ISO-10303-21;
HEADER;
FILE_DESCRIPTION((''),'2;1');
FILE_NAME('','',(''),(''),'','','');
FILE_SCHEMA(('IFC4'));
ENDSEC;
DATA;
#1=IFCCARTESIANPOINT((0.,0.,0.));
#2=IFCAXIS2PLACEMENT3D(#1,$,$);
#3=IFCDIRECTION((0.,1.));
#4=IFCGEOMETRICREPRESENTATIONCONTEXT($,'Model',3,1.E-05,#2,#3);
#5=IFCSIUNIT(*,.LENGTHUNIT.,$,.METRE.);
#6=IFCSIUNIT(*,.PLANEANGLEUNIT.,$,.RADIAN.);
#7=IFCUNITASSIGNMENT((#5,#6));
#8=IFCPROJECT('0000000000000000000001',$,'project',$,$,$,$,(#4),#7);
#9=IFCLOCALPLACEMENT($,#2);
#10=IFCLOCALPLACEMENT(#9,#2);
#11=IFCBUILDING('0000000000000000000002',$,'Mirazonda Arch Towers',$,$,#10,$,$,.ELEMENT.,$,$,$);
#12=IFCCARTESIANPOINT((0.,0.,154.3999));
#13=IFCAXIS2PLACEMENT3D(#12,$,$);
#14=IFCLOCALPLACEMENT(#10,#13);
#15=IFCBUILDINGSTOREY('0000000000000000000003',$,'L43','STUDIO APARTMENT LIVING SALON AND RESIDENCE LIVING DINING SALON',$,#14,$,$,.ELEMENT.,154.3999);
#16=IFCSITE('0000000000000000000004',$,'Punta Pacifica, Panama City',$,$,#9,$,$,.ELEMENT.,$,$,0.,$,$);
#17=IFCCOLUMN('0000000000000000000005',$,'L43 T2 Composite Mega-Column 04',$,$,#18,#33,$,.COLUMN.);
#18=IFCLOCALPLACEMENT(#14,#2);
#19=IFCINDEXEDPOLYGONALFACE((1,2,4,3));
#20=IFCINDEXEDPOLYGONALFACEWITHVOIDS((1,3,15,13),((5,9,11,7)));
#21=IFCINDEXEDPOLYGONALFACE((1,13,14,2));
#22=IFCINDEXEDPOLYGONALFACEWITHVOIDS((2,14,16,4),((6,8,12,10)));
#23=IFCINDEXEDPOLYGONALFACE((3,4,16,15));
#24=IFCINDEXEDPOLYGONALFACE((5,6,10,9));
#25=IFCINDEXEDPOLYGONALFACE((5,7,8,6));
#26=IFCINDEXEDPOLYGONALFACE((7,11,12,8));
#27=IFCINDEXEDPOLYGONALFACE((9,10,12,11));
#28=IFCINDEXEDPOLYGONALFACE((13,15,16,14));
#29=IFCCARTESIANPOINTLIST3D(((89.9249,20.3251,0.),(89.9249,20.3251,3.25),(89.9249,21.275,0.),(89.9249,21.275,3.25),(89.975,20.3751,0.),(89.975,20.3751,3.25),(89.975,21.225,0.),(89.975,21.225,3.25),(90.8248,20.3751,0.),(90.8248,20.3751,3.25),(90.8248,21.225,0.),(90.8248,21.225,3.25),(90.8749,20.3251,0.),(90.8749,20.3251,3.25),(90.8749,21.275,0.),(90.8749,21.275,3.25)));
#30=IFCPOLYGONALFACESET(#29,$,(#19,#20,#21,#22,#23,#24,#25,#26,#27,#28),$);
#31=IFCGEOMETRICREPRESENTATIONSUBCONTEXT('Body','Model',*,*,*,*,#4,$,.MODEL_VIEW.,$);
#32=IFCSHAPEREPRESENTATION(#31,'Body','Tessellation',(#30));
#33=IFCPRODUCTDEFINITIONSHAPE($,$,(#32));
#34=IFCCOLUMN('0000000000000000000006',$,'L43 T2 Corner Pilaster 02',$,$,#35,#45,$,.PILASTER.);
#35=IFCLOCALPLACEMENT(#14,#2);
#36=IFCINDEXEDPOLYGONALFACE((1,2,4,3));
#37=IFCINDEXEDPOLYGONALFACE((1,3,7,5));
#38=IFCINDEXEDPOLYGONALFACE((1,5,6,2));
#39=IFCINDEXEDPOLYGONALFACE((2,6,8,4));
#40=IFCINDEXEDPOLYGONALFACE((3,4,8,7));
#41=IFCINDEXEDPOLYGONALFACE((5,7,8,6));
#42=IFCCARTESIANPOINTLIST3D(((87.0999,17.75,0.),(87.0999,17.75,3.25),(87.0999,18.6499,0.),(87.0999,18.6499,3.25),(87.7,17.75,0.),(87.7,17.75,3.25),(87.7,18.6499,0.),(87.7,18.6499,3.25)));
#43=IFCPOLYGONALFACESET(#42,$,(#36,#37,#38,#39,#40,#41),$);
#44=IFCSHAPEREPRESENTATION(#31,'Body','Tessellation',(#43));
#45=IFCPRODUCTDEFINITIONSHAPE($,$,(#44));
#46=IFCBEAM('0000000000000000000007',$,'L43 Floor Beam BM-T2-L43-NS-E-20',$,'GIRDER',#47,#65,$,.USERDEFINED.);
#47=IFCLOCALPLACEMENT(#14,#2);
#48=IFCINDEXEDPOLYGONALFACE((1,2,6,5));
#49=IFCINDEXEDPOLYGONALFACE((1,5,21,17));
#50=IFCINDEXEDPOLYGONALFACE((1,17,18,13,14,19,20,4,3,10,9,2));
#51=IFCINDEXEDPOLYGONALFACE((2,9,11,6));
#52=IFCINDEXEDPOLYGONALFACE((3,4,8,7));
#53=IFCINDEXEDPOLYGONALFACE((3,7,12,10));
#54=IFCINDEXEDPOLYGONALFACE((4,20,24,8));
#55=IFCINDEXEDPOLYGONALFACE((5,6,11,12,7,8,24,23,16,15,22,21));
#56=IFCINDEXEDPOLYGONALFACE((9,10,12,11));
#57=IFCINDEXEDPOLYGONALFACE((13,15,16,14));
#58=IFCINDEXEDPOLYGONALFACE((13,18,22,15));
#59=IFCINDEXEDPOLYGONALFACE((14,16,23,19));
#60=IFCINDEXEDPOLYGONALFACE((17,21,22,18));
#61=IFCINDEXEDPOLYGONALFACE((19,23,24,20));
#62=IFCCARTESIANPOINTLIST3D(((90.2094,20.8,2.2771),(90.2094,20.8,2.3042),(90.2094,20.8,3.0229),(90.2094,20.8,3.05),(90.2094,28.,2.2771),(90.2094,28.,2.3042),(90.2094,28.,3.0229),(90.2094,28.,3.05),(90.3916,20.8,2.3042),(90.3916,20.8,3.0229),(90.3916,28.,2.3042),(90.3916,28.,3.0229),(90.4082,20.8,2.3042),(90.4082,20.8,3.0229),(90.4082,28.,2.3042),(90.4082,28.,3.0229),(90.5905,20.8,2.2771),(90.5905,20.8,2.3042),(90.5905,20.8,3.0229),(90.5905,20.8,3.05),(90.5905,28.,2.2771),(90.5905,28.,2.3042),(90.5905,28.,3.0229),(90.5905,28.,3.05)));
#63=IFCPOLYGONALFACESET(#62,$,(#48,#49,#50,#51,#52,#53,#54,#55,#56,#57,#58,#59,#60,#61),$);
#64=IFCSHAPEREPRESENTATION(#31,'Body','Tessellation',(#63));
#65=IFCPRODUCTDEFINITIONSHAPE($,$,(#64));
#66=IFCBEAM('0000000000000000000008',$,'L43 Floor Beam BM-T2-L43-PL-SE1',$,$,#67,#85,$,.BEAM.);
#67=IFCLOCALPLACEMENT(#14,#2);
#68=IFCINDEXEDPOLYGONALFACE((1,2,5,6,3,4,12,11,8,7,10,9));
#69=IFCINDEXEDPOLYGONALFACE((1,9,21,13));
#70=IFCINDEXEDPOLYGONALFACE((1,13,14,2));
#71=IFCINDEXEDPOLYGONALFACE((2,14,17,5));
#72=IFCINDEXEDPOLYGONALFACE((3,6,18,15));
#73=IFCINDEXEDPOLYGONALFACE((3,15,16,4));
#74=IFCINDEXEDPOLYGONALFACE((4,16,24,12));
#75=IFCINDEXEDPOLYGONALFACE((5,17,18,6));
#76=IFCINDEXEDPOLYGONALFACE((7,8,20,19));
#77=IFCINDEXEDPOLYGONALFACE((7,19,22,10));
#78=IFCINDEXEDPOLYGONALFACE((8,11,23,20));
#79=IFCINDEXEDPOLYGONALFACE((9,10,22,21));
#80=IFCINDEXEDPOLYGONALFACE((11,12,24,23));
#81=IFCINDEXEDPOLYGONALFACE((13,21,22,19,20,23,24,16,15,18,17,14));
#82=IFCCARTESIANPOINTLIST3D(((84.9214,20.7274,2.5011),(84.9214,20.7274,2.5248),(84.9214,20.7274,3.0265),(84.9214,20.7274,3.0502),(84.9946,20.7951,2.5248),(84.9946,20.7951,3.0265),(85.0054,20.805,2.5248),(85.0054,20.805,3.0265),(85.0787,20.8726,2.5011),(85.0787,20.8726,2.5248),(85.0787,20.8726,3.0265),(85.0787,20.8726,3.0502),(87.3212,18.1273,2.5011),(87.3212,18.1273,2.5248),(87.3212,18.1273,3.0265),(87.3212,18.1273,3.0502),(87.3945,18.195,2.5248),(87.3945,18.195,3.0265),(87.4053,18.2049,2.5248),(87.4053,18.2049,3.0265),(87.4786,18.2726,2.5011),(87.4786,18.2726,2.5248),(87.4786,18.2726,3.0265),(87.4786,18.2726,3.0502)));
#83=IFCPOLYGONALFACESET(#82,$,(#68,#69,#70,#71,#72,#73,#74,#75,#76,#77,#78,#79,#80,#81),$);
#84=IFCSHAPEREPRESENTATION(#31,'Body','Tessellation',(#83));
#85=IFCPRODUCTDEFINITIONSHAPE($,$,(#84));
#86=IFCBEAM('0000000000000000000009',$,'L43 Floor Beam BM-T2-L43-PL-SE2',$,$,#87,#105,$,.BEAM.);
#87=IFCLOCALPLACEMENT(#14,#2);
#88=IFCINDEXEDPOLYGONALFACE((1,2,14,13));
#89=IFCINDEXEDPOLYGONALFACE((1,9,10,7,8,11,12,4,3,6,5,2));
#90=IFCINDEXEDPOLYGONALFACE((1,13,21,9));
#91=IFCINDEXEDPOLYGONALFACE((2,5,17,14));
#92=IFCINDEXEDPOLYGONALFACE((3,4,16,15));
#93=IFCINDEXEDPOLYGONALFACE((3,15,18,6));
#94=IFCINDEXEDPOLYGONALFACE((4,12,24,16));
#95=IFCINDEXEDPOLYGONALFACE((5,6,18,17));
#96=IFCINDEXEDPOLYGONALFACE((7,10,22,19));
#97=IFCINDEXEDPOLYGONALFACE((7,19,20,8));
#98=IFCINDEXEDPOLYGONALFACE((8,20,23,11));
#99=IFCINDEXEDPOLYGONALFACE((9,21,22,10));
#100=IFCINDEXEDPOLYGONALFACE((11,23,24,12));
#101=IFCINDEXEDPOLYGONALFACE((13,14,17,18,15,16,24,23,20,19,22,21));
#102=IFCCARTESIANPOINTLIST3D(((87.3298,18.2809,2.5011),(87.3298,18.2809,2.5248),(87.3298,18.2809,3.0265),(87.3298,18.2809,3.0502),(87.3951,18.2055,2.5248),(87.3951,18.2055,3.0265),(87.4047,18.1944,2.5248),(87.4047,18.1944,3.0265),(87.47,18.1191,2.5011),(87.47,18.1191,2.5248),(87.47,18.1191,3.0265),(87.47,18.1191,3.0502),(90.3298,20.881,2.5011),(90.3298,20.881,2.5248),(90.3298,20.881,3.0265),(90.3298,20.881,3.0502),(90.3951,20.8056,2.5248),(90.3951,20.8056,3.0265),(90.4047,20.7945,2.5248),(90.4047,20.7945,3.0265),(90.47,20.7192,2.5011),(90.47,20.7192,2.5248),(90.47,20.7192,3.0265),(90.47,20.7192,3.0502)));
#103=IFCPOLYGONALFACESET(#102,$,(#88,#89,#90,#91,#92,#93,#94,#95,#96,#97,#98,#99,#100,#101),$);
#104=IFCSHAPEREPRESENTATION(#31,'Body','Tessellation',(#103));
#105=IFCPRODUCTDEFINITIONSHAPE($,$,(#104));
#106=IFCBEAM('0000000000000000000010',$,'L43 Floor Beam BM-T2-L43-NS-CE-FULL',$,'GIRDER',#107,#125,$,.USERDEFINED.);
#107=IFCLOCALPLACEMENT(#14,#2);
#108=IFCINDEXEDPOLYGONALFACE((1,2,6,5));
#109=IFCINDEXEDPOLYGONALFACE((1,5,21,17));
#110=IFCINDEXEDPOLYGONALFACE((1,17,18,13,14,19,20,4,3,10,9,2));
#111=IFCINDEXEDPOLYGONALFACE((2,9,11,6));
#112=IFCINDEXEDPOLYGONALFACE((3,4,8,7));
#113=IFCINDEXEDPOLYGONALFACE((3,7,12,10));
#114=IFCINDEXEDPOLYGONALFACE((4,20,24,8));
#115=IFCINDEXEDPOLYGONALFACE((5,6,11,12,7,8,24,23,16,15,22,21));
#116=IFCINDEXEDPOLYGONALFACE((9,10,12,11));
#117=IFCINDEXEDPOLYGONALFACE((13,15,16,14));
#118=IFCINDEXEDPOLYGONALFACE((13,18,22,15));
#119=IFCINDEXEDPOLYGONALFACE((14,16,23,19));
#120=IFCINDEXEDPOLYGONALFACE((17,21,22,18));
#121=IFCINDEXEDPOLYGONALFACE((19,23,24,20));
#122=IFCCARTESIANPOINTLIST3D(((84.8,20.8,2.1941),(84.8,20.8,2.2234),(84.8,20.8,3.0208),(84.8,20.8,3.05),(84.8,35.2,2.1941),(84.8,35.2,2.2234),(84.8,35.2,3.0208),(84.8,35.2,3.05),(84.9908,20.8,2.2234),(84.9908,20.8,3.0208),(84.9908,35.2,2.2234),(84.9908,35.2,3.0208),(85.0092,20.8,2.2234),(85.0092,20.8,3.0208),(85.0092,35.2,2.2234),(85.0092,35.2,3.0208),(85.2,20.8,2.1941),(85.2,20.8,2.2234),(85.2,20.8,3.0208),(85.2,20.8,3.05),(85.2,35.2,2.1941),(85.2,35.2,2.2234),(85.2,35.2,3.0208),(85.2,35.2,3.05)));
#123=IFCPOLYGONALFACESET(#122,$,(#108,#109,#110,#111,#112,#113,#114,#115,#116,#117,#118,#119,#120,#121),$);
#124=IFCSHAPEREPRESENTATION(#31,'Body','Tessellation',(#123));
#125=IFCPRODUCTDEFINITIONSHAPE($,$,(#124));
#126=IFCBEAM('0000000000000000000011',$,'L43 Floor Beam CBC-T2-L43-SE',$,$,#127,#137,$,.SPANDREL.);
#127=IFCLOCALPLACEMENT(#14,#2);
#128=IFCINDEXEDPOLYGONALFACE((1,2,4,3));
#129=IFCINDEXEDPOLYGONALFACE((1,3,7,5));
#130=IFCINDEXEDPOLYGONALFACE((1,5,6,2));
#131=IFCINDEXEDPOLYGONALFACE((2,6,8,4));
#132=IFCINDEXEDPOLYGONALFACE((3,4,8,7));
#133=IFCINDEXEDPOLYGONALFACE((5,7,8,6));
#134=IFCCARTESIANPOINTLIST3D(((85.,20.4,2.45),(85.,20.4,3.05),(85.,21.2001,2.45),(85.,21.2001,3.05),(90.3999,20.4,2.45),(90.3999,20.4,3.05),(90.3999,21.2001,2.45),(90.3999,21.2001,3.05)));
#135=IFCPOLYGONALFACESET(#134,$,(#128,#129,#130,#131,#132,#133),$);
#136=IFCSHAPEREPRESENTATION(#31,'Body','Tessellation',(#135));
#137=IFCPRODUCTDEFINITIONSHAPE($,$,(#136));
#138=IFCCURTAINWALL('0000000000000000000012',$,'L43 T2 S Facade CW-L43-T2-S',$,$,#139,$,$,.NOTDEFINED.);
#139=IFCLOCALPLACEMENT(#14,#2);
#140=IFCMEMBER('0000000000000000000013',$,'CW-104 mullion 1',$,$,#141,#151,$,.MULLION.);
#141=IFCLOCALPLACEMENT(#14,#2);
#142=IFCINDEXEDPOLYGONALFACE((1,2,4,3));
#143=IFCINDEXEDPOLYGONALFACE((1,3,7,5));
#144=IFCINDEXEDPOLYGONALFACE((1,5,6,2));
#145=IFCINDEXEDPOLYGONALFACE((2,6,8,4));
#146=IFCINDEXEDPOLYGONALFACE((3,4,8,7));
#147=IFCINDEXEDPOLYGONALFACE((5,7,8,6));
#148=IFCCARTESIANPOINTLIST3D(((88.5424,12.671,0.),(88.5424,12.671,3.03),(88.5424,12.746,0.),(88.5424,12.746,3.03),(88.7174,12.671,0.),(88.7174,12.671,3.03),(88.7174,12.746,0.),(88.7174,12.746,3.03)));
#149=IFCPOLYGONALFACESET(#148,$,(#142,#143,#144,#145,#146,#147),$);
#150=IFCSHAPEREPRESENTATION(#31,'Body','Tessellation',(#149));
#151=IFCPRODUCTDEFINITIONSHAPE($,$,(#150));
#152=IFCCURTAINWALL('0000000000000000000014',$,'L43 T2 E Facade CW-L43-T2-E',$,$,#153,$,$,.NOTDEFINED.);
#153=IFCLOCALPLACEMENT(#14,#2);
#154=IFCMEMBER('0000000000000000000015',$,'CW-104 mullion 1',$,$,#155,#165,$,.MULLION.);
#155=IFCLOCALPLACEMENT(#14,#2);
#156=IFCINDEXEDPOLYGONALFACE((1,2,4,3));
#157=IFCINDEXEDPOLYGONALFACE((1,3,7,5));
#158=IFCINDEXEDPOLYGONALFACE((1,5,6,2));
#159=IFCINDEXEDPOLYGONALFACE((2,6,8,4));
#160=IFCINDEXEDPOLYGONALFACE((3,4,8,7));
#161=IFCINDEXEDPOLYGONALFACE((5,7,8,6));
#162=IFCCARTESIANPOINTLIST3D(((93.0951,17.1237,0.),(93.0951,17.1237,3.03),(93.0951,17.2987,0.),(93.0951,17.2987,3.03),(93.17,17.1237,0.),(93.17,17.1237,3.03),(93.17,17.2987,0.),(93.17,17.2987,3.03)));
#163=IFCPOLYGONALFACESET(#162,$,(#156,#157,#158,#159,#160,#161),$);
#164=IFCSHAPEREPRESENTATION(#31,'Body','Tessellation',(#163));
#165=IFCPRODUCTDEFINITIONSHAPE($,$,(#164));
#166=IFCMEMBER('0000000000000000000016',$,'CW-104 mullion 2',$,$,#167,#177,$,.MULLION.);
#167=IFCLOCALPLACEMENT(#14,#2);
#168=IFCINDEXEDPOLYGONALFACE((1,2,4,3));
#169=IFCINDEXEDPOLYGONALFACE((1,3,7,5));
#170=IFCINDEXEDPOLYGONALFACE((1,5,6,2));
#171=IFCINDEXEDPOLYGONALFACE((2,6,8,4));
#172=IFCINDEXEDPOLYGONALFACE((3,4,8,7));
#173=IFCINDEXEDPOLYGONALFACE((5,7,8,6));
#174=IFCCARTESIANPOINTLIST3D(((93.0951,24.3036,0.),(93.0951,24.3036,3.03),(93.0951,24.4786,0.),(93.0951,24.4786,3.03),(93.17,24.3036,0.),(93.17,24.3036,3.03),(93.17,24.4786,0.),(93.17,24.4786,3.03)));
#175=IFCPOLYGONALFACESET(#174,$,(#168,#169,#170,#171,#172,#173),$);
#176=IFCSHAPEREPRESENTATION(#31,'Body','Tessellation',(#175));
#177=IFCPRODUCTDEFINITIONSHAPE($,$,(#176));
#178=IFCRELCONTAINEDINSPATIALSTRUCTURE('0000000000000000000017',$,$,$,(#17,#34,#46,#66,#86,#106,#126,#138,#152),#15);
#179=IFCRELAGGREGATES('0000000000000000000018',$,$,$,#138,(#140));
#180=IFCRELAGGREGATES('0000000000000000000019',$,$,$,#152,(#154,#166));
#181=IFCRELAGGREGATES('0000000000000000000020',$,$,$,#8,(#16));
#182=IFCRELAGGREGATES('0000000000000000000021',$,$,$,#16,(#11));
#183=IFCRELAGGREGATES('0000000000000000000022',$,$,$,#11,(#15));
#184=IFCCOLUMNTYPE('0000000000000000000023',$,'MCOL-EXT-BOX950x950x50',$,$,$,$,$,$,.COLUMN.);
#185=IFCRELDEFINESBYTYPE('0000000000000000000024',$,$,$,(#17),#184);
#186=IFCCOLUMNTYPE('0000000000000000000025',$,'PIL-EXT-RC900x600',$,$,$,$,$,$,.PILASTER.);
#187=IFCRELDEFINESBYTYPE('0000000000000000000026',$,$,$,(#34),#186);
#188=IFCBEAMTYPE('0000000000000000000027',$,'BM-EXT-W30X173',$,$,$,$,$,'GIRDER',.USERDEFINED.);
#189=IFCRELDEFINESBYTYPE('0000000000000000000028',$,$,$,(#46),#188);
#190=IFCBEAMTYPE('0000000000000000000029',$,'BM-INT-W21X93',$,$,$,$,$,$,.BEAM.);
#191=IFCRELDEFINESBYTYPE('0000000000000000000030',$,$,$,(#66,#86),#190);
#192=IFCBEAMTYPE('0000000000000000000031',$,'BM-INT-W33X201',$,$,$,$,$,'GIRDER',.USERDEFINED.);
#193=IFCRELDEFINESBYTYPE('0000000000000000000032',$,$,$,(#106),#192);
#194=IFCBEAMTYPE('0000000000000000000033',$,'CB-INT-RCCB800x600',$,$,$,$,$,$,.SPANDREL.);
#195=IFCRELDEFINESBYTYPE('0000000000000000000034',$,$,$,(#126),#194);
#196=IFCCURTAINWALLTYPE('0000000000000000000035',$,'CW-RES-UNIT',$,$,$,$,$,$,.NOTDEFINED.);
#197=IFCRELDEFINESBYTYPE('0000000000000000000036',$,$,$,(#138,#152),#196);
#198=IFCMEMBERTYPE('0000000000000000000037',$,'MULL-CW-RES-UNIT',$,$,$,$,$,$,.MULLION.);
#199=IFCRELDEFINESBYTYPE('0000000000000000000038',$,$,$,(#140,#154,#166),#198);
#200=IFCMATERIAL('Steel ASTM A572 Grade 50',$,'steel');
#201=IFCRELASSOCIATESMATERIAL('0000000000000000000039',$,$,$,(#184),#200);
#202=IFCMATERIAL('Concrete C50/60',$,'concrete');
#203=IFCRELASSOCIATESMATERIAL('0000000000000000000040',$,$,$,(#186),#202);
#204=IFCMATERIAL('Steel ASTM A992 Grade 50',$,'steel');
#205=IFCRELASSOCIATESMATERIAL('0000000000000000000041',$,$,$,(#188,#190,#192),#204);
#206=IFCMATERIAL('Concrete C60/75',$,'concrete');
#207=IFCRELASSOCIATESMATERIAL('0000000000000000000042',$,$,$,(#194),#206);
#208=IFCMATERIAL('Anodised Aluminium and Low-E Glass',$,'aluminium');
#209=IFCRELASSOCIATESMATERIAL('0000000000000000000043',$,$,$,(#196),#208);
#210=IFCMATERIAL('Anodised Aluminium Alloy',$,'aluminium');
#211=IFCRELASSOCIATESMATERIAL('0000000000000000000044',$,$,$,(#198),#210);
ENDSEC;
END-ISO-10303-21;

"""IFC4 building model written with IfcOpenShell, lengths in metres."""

from ifc_helpers import new_model, si_unit, direction, frame, origin, origin_2d, place, context, subcontext, project, spatial, rectangle, hollow_rectangle, i_section, extrude, material, material_profile, profile_set, type_object, element, aggregate, save


model = new_model("IFC4")

# Units and contexts
model_context = context("Model", 3, precision=1e-05, world=origin(), true_north=direction((0.0, 1.0)))
body_context = subcontext(model_context, "Body", "Model", "MODEL_VIEW")
ifc_project = project(units=[si_unit("LENGTHUNIT", "METRE"), si_unit("PLANEANGLEUNIT", "RADIAN")], contexts=[model_context])

# Site, building, storey
site_placement = place(None, origin())
site = spatial("IfcSite", under=ifc_project, at=site_placement, Name="Punta Pacifica, Panama City", CompositionType="ELEMENT", RefElevation=0.0)
building_placement = place(site_placement, origin())
building = spatial("IfcBuilding", under=site, at=building_placement, Name="Mirazonda Arch Towers", CompositionType="ELEMENT")
storey_placement = place(building_placement, frame((0.0, 0.0, 154.3999)))
storey = spatial("IfcBuildingStorey", under=building, at=storey_placement, Name="L43", Description="STUDIO APARTMENT LIVING SALON AND RESIDENCE LIVING DINING SALON", CompositionType="ELEMENT", Elevation=154.3999)

# Columns
ifc_material_1 = material(Name="Steel ASTM A572 Grade 50", Category="steel")
ifc_material_profile_1 = material_profile(ifc_material_1, hollow_rectangle(XDim=0.95, YDim=0.95, WallThickness=0.05, at=origin_2d()), Name="BOX950x950x50")
ifc_profile_set_1 = profile_set([ifc_material_profile_1], Name="Steel ASTM A572 Grade 50")
column_type_1 = type_object("IfcColumnType", Name="MCOL-EXT-BOX950x950x50", PredefinedType="COLUMN", material=ifc_profile_set_1)
column_1_placement = place(storey_placement, frame((90.3999, 20.8, 0.0), z_axis=(0.0, 0.0, 1.0), x_axis=(1.0, 0.0, 0.0)))
element("IfcColumn", 1, at=column_1_placement, inside=storey, type_object=column_type_1, Name="L43 T2 Composite Mega-Column 04", PredefinedType="COLUMN", context=body_context, shape_type="SweptSolid", body=[
    extrude(hollow_rectangle(XDim=0.95, YDim=0.95, WallThickness=0.05, at=origin_2d()), origin(), (0.0, 0.0, 1.0), 3.25),
])
ifc_material_2 = material(Name="Concrete C50/60", Category="concrete")
ifc_material_profile_2 = material_profile(ifc_material_2, rectangle(XDim=0.6001, YDim=0.8999, at=origin_2d()), Name="RC900x600")
ifc_profile_set_2 = profile_set([ifc_material_profile_2], Name="Concrete C50/60")
column_type_2 = type_object("IfcColumnType", Name="PIL-EXT-RC900x600", PredefinedType="PILASTER", material=ifc_profile_set_2)
column_2_placement = place(storey_placement, frame((87.3999, 18.2, 0.0), z_axis=(0.0, 0.0, 1.0), x_axis=(1.0, 0.0, 0.0)))
element("IfcColumn", 2, at=column_2_placement, inside=storey, type_object=column_type_2, Name="L43 T2 Corner Pilaster 02", PredefinedType="PILASTER", context=body_context, shape_type="SweptSolid", body=[
    extrude(rectangle(XDim=0.6001, YDim=0.8999, at=origin_2d()), origin(), (0.0, 0.0, 1.0), 3.25),
])

# Beams
ifc_material_3 = material(Name="Steel ASTM A992 Grade 50", Category="steel")
ifc_material_profile_3 = material_profile(ifc_material_3, i_section(OverallWidth=0.3811, OverallDepth=0.7729, WebThickness=0.0166, FlangeThickness=0.0271, at=origin_2d()), Name="W30X173")
ifc_profile_set_3 = profile_set([ifc_material_profile_3], Name="Steel ASTM A992 Grade 50")
beam_type_1 = type_object("IfcBeamType", Name="BM-EXT-W30X173", ElementType="GIRDER", PredefinedType="USERDEFINED", material=ifc_profile_set_3)
beam_1_placement = place(storey_placement, frame((90.3999, 20.8, 2.6636), z_axis=(0.0, 1.0, 0.0), x_axis=(-1.0, 0.0, 0.0)))
element("IfcBeam", 3, at=beam_1_placement, inside=storey, type_object=beam_type_1, Name="L43 Floor Beam BM-T2-L43-NS-E-20", ObjectType="GIRDER", PredefinedType="USERDEFINED", context=body_context, shape_type="SweptSolid", body=[
    extrude(i_section(OverallWidth=0.3811, OverallDepth=0.7729, WebThickness=0.0166, FlangeThickness=0.0271, at=origin_2d()), origin(), (0.0, 0.0, 1.0), 7.2),
])
ifc_material_profile_4 = material_profile(ifc_material_3, i_section(OverallWidth=0.2141, OverallDepth=0.5491, WebThickness=0.0146, FlangeThickness=0.0237, at=origin_2d()), Name="W21X93")
ifc_profile_set_4 = profile_set([ifc_material_profile_4], Name="Steel ASTM A992 Grade 50")
beam_type_2 = type_object("IfcBeamType", Name="BM-INT-W21X93", PredefinedType="BEAM", material=ifc_profile_set_4)
beam_2_placement = place(storey_placement, frame((87.3999, 18.2, 2.7756), z_axis=(-0.678251, 0.73483, 0.0), x_axis=(-0.73483, -0.678251, 0.0)))
element("IfcBeam", 4, at=beam_2_placement, inside=storey, type_object=beam_type_2, Name="L43 Floor Beam BM-T2-L43-PL-SE1", PredefinedType="BEAM", context=body_context, shape_type="SweptSolid", body=[
    extrude(i_section(OverallWidth=0.2141, OverallDepth=0.5491, WebThickness=0.0146, FlangeThickness=0.0237, at=origin_2d()), origin(), (0.0, 0.0, 1.0), 3.5383),
])
beam_3_placement = place(storey_placement, frame((87.3999, 18.2, 2.7756), z_axis=(0.755677, 0.654945, 0.0), x_axis=(-0.654945, 0.755677, 0.0)))
element("IfcBeam", 5, at=beam_3_placement, inside=storey, type_object=beam_type_2, Name="L43 Floor Beam BM-T2-L43-PL-SE2", PredefinedType="BEAM", context=body_context, shape_type="SweptSolid", body=[
    extrude(i_section(OverallWidth=0.2141, OverallDepth=0.5491, WebThickness=0.0146, FlangeThickness=0.0237, at=origin_2d()), origin(), (0.0, 0.0, 1.0), 3.97),
])
ifc_material_profile_5 = material_profile(ifc_material_3, i_section(OverallWidth=0.3999, OverallDepth=0.856, WebThickness=0.0183, FlangeThickness=0.0293, at=origin_2d()), Name="W33X201")
ifc_profile_set_5 = profile_set([ifc_material_profile_5], Name="Steel ASTM A992 Grade 50")
beam_type_3 = type_object("IfcBeamType", Name="BM-INT-W33X201", ElementType="GIRDER", PredefinedType="USERDEFINED", material=ifc_profile_set_5)
beam_4_placement = place(storey_placement, frame((85.0, 20.8, 2.6221), z_axis=(0.0, 1.0, 0.0), x_axis=(-1.0, 0.0, 0.0)))
element("IfcBeam", 6, at=beam_4_placement, inside=storey, type_object=beam_type_3, Name="L43 Floor Beam BM-T2-L43-NS-CE-FULL", ObjectType="GIRDER", PredefinedType="USERDEFINED", context=body_context, shape_type="SweptSolid", body=[
    extrude(i_section(OverallWidth=0.3999, OverallDepth=0.856, WebThickness=0.0183, FlangeThickness=0.0293, at=origin_2d()), origin(), (0.0, 0.0, 1.0), 14.3999),
])
ifc_material_4 = material(Name="Concrete C60/75", Category="concrete")
ifc_material_profile_6 = material_profile(ifc_material_4, rectangle(XDim=0.8, YDim=0.6001, at=origin_2d()), Name="RCCB800x600")
ifc_profile_set_6 = profile_set([ifc_material_profile_6], Name="Concrete C60/75")
beam_type_4 = type_object("IfcBeamType", Name="CB-INT-RCCB800x600", PredefinedType="SPANDREL", material=ifc_profile_set_6)
beam_5_placement = place(storey_placement, frame((85.0, 20.8, 2.75), z_axis=(1.0, 0.0, 0.0), x_axis=(0.0, 1.0, 0.0)))
element("IfcBeam", 7, at=beam_5_placement, inside=storey, type_object=beam_type_4, Name="L43 Floor Beam CBC-T2-L43-SE", PredefinedType="SPANDREL", context=body_context, shape_type="SweptSolid", body=[
    extrude(rectangle(XDim=0.8, YDim=0.6001, at=origin_2d()), origin(), (0.0, 0.0, 1.0), 5.3999),
])

# Curtain wall, member
ifc_material_5 = material(Name="Anodised Aluminium and Low-E Glass", Category="aluminium")
curtain_wall_type = type_object("IfcCurtainWallType", Name="CW-RES-UNIT", PredefinedType="NOTDEFINED", material=ifc_material_5)
curtain_wall_1_placement = place(storey_placement, origin())
curtain_wall_1 = element("IfcCurtainWall", 8, at=curtain_wall_1_placement, inside=storey, type_object=curtain_wall_type, Name="L43 T2 S Facade CW-L43-T2-S", PredefinedType="NOTDEFINED")
ifc_material_6 = material(Name="Anodised Aluminium Alloy", Category="aluminium")
ifc_material_profile_7 = material_profile(ifc_material_6, rectangle(XDim=0.075, YDim=0.175, at=origin_2d()), Name="ALU-MULL-75x175")
ifc_profile_set_7 = profile_set([ifc_material_profile_7], Name="Anodised Aluminium Alloy")
member_type_1 = type_object("IfcMemberType", Name="MULL-CW-RES-UNIT", PredefinedType="MULLION", material=ifc_profile_set_7)
member_1_placement = place(storey_placement, frame((88.6299, 12.7085, 0.0), z_axis=(0.0, 0.0, 1.0), x_axis=(0.0, -1.0, 0.0)))
member_1 = element("IfcMember", 9, at=member_1_placement, type_object=member_type_1, Name="CW-104 mullion 1", PredefinedType="MULLION", context=body_context, shape_type="SweptSolid", body=[
    extrude(rectangle(XDim=0.075, YDim=0.175, at=origin_2d()), origin(), (0.0, 0.0, 1.0), 3.03),
])

# Curtain wall, members
curtain_wall_2_placement = place(storey_placement, origin())
curtain_wall_2 = element("IfcCurtainWall", 10, at=curtain_wall_2_placement, inside=storey, type_object=curtain_wall_type, Name="L43 T2 E Facade CW-L43-T2-E", PredefinedType="NOTDEFINED")
member_2_placement = place(storey_placement, frame((93.1326, 17.2112, 0.0), z_axis=(0.0, 0.0, 1.0), x_axis=(-1.0, 0.0, 0.0)))
member_2 = element("IfcMember", 11, at=member_2_placement, type_object=member_type_1, Name="CW-104 mullion 1", PredefinedType="MULLION", context=body_context, shape_type="SweptSolid", body=[
    extrude(rectangle(XDim=0.075, YDim=0.175, at=origin_2d()), origin(), (0.0, 0.0, 1.0), 3.03),
])
member_3_placement = place(storey_placement, frame((93.1326, 24.3911, 0.0), z_axis=(0.0, 0.0, 1.0), x_axis=(-1.0, 0.0, 0.0)))
member_3 = element("IfcMember", 12, at=member_3_placement, type_object=member_type_1, Name="CW-104 mullion 2", PredefinedType="MULLION", context=body_context, shape_type="SweptSolid", body=[
    extrude(rectangle(XDim=0.075, YDim=0.175, at=origin_2d()), origin(), (0.0, 0.0, 1.0), 3.03),
])

aggregate(curtain_wall_1, [member_1])

aggregate(curtain_wall_2, [member_2, member_3])

save(model, "model.ifc")
